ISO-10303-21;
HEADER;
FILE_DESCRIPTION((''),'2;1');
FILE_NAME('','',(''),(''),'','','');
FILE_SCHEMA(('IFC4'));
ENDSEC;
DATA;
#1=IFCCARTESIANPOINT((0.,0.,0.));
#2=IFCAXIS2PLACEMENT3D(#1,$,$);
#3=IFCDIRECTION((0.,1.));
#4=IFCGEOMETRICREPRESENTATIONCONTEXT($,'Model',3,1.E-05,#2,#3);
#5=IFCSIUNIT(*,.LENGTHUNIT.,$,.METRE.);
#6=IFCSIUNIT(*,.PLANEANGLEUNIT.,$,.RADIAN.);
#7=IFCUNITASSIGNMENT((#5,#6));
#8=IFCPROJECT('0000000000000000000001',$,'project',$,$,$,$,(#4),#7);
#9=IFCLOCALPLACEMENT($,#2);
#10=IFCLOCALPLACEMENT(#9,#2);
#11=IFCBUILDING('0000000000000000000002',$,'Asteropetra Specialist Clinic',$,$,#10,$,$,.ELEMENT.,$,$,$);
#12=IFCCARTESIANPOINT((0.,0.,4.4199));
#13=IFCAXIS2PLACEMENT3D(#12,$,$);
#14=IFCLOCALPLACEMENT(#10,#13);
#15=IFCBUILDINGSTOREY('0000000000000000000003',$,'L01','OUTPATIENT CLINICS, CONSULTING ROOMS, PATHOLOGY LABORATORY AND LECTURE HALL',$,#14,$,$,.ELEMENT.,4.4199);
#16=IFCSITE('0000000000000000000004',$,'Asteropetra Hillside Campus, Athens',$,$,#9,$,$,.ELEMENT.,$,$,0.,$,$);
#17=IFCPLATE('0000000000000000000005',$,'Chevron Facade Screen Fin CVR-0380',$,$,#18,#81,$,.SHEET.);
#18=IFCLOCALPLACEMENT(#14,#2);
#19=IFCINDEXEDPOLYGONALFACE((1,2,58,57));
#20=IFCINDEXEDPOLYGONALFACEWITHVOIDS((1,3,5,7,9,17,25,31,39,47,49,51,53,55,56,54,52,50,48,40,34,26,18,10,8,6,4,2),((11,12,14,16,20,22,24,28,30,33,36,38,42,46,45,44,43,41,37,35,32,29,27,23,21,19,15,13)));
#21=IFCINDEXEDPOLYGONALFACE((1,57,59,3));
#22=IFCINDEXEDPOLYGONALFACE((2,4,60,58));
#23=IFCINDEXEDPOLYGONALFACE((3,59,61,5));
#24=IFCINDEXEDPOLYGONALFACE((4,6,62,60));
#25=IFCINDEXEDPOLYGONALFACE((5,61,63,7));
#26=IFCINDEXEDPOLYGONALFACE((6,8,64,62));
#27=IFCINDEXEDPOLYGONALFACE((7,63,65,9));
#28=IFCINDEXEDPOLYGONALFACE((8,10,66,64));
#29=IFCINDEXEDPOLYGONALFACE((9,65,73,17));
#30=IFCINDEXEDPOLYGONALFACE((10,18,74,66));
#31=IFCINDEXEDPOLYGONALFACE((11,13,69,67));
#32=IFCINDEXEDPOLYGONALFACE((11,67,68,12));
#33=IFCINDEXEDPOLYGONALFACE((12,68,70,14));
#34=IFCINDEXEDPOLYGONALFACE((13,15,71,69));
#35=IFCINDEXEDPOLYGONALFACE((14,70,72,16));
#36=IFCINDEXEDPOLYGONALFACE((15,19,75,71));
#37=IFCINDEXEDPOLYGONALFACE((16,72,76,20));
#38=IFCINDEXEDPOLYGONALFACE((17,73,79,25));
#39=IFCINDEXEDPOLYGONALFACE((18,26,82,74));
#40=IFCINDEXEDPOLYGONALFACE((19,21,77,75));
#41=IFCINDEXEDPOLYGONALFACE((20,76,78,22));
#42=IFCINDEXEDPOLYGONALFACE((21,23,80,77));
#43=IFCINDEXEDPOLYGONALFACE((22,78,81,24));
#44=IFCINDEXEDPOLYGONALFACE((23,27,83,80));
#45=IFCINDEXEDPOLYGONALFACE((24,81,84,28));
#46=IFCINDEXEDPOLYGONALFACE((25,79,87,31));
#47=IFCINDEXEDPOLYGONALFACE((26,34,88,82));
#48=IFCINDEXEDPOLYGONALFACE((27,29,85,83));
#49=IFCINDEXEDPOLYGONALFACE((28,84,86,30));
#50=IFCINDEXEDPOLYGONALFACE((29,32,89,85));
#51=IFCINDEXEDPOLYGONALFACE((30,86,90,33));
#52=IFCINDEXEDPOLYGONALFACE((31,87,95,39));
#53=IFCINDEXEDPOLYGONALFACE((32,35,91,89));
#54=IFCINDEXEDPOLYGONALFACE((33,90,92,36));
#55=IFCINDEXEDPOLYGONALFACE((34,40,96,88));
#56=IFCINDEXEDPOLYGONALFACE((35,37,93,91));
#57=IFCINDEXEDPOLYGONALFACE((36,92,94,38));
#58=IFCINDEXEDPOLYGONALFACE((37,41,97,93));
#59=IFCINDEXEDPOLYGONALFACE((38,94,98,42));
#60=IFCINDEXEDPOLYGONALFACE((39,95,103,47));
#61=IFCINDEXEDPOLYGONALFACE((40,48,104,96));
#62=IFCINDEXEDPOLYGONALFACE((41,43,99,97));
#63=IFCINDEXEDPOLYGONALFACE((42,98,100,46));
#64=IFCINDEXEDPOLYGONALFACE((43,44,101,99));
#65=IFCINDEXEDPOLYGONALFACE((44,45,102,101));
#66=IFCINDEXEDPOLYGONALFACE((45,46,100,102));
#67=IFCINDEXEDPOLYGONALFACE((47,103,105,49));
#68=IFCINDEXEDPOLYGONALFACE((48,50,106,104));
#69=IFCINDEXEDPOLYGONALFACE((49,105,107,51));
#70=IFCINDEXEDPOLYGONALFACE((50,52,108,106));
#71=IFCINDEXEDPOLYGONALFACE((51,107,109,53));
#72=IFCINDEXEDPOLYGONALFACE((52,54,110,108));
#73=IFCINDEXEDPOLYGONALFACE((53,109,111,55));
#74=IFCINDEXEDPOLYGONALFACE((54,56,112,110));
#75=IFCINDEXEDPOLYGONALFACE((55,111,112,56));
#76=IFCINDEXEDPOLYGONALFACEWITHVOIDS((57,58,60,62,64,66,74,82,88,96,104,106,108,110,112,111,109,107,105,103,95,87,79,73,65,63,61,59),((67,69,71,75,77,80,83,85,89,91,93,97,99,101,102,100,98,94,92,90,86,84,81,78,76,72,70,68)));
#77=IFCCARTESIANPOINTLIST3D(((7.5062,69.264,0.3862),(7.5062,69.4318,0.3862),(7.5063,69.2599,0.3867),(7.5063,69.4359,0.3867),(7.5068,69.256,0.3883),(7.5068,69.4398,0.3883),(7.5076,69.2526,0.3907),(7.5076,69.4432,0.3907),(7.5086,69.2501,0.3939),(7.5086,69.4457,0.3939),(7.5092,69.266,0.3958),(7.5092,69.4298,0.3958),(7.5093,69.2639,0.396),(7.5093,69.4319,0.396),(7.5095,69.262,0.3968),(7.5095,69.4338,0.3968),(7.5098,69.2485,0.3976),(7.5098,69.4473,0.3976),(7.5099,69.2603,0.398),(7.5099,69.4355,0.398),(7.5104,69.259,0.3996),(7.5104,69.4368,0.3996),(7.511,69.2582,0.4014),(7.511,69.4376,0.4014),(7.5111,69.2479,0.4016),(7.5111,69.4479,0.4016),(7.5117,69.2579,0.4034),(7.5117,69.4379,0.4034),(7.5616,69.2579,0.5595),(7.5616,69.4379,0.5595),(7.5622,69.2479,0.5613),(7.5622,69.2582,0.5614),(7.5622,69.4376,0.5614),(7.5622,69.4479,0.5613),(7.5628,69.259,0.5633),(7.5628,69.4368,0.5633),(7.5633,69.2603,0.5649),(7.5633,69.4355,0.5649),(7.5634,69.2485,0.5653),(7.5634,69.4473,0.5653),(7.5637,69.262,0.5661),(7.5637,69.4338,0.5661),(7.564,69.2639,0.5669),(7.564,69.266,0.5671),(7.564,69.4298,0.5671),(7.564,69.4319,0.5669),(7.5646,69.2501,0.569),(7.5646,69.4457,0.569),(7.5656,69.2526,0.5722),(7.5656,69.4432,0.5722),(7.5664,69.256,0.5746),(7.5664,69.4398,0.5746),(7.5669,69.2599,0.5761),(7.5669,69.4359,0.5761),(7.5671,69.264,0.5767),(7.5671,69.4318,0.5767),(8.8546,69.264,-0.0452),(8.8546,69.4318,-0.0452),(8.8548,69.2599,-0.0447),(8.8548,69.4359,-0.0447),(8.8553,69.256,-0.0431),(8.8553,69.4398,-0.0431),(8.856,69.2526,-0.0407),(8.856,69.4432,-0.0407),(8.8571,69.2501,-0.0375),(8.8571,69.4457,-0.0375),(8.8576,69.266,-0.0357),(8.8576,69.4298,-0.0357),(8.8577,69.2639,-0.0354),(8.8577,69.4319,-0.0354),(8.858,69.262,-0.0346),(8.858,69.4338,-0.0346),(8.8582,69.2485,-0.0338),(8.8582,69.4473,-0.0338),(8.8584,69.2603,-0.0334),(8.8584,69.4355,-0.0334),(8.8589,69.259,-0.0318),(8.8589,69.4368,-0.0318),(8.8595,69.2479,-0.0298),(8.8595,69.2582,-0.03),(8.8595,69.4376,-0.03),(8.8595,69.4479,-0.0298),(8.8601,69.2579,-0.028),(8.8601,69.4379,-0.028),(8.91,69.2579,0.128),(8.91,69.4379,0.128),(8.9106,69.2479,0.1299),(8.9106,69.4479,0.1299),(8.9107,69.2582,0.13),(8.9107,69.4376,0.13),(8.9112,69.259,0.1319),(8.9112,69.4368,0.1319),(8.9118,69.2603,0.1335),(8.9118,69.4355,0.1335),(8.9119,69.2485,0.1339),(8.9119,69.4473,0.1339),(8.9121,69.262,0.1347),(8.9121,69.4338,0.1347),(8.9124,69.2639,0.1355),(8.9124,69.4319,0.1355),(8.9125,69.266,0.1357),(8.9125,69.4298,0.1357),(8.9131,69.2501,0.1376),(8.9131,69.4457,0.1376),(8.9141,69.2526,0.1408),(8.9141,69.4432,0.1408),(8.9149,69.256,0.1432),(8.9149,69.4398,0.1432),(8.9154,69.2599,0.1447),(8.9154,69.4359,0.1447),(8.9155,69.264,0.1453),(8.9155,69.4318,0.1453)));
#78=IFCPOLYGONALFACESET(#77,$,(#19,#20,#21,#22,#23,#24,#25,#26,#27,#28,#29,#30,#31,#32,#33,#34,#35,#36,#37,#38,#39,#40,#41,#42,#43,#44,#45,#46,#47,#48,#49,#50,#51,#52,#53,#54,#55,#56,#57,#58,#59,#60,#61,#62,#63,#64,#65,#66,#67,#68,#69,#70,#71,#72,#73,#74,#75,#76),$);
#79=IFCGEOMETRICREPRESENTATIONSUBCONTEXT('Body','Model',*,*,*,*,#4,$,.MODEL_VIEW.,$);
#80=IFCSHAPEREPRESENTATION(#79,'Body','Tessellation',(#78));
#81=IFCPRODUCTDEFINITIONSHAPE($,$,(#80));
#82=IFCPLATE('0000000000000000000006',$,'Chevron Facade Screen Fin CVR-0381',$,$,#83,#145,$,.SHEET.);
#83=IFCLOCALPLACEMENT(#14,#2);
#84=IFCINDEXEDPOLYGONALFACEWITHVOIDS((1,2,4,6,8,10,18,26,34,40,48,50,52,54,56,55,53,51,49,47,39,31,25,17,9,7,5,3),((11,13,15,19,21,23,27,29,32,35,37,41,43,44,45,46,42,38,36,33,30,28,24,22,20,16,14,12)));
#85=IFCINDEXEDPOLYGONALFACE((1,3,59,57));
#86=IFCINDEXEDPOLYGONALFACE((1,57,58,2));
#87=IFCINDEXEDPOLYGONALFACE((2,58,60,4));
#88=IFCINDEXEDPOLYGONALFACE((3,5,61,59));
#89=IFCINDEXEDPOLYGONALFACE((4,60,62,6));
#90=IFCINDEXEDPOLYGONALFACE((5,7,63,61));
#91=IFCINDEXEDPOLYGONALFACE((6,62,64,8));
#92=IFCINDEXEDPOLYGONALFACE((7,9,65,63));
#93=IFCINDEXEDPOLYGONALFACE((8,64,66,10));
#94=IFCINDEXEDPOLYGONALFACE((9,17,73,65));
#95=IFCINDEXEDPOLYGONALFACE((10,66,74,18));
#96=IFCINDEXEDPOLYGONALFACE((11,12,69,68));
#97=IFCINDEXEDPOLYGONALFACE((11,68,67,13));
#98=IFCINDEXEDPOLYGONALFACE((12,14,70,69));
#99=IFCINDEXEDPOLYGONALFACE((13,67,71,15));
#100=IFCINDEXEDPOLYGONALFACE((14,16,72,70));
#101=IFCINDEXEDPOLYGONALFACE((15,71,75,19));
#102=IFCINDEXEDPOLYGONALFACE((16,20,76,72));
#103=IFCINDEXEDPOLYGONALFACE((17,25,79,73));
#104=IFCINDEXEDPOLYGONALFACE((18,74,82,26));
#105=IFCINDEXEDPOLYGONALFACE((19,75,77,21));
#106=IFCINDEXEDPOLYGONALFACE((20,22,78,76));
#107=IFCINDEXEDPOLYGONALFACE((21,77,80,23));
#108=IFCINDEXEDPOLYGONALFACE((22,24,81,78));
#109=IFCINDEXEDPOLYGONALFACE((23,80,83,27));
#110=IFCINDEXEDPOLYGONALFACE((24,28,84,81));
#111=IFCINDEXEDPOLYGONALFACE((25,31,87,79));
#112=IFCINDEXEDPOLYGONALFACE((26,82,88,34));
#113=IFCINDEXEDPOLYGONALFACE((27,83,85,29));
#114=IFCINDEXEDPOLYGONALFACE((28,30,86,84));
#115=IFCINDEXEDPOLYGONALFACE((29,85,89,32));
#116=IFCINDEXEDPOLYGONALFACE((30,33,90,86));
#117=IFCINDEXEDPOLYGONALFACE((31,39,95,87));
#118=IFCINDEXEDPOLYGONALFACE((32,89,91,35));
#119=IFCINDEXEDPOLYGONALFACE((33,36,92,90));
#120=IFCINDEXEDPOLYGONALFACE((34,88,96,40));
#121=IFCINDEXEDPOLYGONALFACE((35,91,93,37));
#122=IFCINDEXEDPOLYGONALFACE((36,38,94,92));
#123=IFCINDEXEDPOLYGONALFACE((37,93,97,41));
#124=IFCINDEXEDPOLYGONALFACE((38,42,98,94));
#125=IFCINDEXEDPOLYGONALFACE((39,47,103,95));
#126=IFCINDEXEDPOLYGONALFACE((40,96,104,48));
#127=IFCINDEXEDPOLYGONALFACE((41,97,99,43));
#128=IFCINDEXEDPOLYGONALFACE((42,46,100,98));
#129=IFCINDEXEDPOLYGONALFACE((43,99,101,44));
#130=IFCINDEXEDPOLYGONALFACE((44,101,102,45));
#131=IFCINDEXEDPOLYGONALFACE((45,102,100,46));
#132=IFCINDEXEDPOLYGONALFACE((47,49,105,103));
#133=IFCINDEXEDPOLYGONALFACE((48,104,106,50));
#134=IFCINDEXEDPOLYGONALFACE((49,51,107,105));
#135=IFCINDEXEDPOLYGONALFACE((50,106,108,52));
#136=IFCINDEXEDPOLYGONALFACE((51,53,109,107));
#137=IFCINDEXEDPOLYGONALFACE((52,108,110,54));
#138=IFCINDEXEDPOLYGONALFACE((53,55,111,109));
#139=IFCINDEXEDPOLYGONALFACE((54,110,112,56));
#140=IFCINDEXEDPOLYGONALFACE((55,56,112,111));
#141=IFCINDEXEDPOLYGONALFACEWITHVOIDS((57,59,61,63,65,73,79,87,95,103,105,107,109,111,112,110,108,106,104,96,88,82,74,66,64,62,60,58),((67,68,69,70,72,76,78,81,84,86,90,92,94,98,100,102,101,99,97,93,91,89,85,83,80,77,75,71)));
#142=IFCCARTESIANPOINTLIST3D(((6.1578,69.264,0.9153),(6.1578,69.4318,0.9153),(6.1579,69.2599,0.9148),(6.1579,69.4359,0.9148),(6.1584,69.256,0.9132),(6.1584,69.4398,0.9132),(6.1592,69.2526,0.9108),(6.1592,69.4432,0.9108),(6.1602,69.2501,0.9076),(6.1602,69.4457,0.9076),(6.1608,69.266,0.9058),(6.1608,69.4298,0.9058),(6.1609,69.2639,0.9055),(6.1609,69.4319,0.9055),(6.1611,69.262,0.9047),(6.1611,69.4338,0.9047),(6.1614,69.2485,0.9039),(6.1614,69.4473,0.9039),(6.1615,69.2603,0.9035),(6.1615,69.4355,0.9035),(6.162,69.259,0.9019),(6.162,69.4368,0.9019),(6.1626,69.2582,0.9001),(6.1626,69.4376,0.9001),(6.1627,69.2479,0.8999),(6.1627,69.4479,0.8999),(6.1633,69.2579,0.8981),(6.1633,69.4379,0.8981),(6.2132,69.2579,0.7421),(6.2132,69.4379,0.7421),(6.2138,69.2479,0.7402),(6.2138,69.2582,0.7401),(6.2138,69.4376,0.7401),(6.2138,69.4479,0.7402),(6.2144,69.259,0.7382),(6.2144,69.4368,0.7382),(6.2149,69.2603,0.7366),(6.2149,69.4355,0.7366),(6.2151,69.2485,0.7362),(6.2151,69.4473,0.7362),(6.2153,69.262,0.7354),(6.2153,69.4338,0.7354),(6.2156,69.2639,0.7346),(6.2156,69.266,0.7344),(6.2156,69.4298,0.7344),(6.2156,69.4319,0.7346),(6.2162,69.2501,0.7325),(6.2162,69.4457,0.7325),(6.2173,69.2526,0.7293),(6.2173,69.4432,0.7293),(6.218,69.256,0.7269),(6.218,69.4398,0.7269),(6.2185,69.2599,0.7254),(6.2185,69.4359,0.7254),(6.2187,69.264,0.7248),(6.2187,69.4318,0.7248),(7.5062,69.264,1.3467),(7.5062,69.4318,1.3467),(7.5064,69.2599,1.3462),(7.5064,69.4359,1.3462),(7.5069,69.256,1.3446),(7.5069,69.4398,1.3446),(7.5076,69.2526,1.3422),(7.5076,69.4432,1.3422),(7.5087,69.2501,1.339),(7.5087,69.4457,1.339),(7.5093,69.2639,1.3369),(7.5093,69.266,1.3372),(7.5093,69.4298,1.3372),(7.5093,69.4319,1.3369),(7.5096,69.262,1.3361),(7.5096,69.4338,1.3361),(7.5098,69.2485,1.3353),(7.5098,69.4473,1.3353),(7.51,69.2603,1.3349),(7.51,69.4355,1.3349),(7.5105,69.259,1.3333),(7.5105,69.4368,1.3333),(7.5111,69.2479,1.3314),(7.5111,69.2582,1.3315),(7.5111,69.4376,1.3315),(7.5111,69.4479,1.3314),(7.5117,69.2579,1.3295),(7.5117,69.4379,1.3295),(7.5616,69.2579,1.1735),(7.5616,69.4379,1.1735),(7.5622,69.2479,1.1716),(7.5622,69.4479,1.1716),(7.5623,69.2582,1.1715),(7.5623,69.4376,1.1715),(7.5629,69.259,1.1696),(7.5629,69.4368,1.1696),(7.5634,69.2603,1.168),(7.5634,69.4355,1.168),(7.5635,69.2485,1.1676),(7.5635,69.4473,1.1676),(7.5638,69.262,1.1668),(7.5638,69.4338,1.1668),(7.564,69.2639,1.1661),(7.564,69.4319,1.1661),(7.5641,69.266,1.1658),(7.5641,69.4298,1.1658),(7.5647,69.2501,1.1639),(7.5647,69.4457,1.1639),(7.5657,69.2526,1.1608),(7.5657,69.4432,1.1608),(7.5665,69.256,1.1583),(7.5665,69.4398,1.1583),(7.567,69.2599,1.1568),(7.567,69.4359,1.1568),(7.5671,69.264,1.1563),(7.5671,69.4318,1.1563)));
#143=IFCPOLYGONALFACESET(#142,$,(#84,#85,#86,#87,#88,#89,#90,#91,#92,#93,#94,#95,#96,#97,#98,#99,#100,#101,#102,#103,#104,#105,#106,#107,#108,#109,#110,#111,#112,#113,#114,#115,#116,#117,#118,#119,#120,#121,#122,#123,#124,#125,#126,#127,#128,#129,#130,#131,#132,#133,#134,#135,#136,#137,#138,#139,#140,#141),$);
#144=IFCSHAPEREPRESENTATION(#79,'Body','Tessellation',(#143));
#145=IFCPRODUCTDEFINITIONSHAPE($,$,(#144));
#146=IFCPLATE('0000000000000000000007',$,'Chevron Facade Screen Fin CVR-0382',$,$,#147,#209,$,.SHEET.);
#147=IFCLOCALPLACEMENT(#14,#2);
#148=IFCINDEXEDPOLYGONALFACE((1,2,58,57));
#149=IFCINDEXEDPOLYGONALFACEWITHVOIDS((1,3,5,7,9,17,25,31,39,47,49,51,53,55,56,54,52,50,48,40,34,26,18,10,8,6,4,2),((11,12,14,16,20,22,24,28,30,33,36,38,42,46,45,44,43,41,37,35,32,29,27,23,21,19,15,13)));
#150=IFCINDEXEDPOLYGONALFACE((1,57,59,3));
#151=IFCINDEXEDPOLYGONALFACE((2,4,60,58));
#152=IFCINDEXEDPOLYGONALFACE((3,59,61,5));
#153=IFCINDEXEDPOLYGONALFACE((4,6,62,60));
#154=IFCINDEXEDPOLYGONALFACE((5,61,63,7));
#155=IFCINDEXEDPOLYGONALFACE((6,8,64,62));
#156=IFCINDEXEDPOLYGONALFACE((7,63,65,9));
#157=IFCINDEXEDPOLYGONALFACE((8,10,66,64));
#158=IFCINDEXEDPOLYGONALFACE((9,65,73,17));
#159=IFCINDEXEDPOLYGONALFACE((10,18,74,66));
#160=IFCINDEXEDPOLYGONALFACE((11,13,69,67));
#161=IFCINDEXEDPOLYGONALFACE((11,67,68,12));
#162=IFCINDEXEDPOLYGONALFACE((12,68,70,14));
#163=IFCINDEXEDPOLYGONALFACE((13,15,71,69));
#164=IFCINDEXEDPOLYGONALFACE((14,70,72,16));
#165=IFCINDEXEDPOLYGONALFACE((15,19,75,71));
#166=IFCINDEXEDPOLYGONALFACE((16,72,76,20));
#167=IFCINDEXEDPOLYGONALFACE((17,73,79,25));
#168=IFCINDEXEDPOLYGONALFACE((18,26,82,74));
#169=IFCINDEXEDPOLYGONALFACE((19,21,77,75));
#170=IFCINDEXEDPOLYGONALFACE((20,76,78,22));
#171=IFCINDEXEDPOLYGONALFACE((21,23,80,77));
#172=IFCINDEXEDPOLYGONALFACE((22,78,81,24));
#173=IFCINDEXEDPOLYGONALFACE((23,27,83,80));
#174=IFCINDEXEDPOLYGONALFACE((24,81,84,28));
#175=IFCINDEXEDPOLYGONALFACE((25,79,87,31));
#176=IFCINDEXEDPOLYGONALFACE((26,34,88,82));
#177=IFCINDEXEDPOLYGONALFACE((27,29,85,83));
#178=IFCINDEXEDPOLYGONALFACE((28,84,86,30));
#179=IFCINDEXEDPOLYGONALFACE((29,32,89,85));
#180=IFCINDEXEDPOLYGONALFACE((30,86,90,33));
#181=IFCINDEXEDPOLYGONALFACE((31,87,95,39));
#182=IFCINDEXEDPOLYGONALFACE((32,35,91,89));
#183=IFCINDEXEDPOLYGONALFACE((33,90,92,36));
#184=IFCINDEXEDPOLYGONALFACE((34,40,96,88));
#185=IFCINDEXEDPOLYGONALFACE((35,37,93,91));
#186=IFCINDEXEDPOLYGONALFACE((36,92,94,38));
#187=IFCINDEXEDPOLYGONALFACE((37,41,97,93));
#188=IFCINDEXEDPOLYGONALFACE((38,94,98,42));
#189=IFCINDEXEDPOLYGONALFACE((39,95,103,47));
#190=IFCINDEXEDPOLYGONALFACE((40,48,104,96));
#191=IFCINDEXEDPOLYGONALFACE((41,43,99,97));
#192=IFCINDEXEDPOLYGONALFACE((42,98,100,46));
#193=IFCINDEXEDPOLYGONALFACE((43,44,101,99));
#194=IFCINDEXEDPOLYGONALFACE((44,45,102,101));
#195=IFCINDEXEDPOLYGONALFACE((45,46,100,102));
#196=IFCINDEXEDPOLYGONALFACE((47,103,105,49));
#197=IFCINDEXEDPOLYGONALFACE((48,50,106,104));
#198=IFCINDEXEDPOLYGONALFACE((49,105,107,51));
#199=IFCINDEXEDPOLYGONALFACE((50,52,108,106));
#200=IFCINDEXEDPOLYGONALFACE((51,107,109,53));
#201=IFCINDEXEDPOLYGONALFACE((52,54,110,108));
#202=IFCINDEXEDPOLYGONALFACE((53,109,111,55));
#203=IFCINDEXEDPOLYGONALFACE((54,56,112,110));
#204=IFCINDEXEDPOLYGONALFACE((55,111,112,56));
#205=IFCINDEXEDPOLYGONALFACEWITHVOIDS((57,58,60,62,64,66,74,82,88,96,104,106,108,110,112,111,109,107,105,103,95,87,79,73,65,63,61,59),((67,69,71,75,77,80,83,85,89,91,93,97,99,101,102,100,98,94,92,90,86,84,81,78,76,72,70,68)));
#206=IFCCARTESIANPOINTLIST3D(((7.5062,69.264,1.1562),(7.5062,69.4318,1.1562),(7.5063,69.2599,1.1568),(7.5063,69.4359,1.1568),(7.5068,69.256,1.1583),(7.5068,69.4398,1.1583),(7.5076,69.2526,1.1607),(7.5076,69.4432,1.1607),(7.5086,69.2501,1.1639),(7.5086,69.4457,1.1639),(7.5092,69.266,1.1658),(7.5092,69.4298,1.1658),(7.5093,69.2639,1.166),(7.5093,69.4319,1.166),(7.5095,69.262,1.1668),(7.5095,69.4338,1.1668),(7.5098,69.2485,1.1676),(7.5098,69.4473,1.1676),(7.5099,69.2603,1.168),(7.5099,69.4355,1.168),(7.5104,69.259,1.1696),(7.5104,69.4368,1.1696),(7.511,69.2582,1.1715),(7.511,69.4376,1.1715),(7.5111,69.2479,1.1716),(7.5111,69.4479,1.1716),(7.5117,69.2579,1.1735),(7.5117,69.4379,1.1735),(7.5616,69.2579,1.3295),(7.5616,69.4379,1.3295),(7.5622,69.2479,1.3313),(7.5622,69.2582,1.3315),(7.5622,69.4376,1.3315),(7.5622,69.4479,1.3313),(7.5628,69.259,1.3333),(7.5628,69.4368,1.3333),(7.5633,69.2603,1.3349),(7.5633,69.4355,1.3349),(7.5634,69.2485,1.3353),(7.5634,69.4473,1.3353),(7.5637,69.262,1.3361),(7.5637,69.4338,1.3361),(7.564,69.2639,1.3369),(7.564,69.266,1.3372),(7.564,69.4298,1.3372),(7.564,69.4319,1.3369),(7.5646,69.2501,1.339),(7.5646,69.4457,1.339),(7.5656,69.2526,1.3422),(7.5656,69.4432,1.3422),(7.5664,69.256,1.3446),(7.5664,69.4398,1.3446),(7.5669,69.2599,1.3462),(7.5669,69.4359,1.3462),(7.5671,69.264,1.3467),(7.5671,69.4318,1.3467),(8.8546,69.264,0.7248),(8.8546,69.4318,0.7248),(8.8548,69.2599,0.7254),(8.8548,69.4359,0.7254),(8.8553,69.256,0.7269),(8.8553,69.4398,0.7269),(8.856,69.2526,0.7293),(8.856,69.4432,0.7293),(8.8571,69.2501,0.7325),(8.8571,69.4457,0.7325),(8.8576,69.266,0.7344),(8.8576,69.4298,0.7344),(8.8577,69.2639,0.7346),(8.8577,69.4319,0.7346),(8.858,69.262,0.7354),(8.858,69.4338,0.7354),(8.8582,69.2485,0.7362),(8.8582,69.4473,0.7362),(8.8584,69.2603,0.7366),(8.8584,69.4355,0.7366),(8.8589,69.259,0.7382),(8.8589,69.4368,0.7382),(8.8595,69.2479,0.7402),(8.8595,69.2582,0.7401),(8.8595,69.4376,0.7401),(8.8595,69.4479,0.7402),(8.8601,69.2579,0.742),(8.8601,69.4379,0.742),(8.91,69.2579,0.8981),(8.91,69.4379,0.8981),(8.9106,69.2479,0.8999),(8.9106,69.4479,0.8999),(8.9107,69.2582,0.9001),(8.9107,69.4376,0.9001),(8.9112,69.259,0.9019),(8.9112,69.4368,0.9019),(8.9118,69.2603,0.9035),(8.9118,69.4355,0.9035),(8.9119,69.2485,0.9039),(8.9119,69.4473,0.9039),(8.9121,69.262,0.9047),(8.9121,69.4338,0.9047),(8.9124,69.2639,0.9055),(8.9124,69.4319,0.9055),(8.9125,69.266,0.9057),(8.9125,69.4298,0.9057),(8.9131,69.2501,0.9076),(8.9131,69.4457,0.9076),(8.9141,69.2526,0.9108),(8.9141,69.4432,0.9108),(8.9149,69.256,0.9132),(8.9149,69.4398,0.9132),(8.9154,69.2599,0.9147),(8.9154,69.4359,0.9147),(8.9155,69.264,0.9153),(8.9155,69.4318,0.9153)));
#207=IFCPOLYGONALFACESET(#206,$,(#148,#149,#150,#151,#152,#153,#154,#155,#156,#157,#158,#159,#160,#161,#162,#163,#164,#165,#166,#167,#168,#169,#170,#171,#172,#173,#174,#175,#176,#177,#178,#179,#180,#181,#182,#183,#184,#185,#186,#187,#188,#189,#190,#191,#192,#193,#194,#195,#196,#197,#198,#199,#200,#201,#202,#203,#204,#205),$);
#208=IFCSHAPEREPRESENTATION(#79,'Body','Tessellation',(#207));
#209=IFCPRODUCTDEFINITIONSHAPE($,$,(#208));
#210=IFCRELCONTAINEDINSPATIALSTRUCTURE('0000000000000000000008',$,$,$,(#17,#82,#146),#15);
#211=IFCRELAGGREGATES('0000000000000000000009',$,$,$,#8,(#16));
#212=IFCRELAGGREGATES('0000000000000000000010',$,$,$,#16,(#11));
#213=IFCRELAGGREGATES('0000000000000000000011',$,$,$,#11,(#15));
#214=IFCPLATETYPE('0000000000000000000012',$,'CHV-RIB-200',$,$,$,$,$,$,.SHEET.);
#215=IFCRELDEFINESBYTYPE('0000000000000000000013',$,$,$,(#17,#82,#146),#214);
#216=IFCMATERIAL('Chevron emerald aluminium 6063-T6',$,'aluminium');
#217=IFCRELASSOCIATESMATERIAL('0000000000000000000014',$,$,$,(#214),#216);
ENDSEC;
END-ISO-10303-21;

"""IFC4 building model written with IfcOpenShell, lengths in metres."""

from ifc_helpers import new_model, si_unit, direction, frame, origin, origin_2d, place, context, subcontext, project, spatial, hollow_rectangle, extrude, material, material_profile, profile_set, type_object, element, save


model = new_model("IFC4")

# Units and contexts
model_context = context("Model", 3, precision=1e-05, world=origin(), true_north=direction((0.0, 1.0)))
body_context = subcontext(model_context, "Body", "Model", "MODEL_VIEW")
ifc_project = project(units=[si_unit("LENGTHUNIT", "METRE"), si_unit("PLANEANGLEUNIT", "RADIAN")], contexts=[model_context])

# Site, building, storey
site_placement = place(None, origin())
site = spatial("IfcSite", under=ifc_project, at=site_placement, Name="Asteropetra Hillside Campus, Athens", CompositionType="ELEMENT", RefElevation=0.0)
building_placement = place(site_placement, origin())
building = spatial("IfcBuilding", under=site, at=building_placement, Name="Asteropetra Specialist Clinic", CompositionType="ELEMENT")
storey_placement = place(building_placement, frame((0.0, 0.0, 4.4199)))
storey = spatial("IfcBuildingStorey", under=building, at=storey_placement, Name="L01", Description="OUTPATIENT CLINICS, CONSULTING ROOMS, PATHOLOGY LABORATORY AND LECTURE HALL", CompositionType="ELEMENT", Elevation=4.4199)

# Plates
ifc_material_1 = material(Name="Chevron emerald aluminium 6063-T6", Category="aluminium")
ifc_material_profile_1 = material_profile(ifc_material_1, hollow_rectangle(XDim=0.2, YDim=0.2, WallThickness=0.01, InnerFilletRadius=0.0081, OuterFilletRadius=0.0161, at=origin_2d()), Name="SHS 200x200x10.0")
ifc_profile_set_1 = profile_set([ifc_material_profile_1], Name="Chevron emerald aluminium 6063-T6")
plate_type_1 = type_object("IfcPlateType", Name="CHV-RIB-200", PredefinedType="SHEET", material=ifc_profile_set_1)
for number, where, z_axis, x_axis, name in (
    (1, (7.5366, 69.3479, 0.4814), (0.952442, 0.0, -0.304719), (0.0, 1.0, 0.0), "Chevron Facade Screen Fin CVR-0380"),
    (2, (6.1882, 69.3479, 0.8201), (0.952442, 0.0, 0.304719), (0.0, 1.0, 0.0), "Chevron Facade Screen Fin CVR-0381"),
    (3, (7.5366, 69.3479, 1.2515), (0.952442, 0.0, -0.304719), (0.0, 1.0, 0.0), "Chevron Facade Screen Fin CVR-0382"),
):
    element("IfcPlate", number, at=place(storey_placement, frame(where, z_axis=z_axis, x_axis=x_axis)), inside=storey, type_object=plate_type_1, Name=name, PredefinedType="SHEET", context=body_context, shape_type="SweptSolid", body=[
        extrude(hollow_rectangle(XDim=0.2, YDim=0.2, WallThickness=0.01, InnerFilletRadius=0.0081, OuterFilletRadius=0.0161, at=origin_2d()), origin(), (0.0, 0.0, 1.0), 1.4158),
    ])

save(model, "model.ifc")
